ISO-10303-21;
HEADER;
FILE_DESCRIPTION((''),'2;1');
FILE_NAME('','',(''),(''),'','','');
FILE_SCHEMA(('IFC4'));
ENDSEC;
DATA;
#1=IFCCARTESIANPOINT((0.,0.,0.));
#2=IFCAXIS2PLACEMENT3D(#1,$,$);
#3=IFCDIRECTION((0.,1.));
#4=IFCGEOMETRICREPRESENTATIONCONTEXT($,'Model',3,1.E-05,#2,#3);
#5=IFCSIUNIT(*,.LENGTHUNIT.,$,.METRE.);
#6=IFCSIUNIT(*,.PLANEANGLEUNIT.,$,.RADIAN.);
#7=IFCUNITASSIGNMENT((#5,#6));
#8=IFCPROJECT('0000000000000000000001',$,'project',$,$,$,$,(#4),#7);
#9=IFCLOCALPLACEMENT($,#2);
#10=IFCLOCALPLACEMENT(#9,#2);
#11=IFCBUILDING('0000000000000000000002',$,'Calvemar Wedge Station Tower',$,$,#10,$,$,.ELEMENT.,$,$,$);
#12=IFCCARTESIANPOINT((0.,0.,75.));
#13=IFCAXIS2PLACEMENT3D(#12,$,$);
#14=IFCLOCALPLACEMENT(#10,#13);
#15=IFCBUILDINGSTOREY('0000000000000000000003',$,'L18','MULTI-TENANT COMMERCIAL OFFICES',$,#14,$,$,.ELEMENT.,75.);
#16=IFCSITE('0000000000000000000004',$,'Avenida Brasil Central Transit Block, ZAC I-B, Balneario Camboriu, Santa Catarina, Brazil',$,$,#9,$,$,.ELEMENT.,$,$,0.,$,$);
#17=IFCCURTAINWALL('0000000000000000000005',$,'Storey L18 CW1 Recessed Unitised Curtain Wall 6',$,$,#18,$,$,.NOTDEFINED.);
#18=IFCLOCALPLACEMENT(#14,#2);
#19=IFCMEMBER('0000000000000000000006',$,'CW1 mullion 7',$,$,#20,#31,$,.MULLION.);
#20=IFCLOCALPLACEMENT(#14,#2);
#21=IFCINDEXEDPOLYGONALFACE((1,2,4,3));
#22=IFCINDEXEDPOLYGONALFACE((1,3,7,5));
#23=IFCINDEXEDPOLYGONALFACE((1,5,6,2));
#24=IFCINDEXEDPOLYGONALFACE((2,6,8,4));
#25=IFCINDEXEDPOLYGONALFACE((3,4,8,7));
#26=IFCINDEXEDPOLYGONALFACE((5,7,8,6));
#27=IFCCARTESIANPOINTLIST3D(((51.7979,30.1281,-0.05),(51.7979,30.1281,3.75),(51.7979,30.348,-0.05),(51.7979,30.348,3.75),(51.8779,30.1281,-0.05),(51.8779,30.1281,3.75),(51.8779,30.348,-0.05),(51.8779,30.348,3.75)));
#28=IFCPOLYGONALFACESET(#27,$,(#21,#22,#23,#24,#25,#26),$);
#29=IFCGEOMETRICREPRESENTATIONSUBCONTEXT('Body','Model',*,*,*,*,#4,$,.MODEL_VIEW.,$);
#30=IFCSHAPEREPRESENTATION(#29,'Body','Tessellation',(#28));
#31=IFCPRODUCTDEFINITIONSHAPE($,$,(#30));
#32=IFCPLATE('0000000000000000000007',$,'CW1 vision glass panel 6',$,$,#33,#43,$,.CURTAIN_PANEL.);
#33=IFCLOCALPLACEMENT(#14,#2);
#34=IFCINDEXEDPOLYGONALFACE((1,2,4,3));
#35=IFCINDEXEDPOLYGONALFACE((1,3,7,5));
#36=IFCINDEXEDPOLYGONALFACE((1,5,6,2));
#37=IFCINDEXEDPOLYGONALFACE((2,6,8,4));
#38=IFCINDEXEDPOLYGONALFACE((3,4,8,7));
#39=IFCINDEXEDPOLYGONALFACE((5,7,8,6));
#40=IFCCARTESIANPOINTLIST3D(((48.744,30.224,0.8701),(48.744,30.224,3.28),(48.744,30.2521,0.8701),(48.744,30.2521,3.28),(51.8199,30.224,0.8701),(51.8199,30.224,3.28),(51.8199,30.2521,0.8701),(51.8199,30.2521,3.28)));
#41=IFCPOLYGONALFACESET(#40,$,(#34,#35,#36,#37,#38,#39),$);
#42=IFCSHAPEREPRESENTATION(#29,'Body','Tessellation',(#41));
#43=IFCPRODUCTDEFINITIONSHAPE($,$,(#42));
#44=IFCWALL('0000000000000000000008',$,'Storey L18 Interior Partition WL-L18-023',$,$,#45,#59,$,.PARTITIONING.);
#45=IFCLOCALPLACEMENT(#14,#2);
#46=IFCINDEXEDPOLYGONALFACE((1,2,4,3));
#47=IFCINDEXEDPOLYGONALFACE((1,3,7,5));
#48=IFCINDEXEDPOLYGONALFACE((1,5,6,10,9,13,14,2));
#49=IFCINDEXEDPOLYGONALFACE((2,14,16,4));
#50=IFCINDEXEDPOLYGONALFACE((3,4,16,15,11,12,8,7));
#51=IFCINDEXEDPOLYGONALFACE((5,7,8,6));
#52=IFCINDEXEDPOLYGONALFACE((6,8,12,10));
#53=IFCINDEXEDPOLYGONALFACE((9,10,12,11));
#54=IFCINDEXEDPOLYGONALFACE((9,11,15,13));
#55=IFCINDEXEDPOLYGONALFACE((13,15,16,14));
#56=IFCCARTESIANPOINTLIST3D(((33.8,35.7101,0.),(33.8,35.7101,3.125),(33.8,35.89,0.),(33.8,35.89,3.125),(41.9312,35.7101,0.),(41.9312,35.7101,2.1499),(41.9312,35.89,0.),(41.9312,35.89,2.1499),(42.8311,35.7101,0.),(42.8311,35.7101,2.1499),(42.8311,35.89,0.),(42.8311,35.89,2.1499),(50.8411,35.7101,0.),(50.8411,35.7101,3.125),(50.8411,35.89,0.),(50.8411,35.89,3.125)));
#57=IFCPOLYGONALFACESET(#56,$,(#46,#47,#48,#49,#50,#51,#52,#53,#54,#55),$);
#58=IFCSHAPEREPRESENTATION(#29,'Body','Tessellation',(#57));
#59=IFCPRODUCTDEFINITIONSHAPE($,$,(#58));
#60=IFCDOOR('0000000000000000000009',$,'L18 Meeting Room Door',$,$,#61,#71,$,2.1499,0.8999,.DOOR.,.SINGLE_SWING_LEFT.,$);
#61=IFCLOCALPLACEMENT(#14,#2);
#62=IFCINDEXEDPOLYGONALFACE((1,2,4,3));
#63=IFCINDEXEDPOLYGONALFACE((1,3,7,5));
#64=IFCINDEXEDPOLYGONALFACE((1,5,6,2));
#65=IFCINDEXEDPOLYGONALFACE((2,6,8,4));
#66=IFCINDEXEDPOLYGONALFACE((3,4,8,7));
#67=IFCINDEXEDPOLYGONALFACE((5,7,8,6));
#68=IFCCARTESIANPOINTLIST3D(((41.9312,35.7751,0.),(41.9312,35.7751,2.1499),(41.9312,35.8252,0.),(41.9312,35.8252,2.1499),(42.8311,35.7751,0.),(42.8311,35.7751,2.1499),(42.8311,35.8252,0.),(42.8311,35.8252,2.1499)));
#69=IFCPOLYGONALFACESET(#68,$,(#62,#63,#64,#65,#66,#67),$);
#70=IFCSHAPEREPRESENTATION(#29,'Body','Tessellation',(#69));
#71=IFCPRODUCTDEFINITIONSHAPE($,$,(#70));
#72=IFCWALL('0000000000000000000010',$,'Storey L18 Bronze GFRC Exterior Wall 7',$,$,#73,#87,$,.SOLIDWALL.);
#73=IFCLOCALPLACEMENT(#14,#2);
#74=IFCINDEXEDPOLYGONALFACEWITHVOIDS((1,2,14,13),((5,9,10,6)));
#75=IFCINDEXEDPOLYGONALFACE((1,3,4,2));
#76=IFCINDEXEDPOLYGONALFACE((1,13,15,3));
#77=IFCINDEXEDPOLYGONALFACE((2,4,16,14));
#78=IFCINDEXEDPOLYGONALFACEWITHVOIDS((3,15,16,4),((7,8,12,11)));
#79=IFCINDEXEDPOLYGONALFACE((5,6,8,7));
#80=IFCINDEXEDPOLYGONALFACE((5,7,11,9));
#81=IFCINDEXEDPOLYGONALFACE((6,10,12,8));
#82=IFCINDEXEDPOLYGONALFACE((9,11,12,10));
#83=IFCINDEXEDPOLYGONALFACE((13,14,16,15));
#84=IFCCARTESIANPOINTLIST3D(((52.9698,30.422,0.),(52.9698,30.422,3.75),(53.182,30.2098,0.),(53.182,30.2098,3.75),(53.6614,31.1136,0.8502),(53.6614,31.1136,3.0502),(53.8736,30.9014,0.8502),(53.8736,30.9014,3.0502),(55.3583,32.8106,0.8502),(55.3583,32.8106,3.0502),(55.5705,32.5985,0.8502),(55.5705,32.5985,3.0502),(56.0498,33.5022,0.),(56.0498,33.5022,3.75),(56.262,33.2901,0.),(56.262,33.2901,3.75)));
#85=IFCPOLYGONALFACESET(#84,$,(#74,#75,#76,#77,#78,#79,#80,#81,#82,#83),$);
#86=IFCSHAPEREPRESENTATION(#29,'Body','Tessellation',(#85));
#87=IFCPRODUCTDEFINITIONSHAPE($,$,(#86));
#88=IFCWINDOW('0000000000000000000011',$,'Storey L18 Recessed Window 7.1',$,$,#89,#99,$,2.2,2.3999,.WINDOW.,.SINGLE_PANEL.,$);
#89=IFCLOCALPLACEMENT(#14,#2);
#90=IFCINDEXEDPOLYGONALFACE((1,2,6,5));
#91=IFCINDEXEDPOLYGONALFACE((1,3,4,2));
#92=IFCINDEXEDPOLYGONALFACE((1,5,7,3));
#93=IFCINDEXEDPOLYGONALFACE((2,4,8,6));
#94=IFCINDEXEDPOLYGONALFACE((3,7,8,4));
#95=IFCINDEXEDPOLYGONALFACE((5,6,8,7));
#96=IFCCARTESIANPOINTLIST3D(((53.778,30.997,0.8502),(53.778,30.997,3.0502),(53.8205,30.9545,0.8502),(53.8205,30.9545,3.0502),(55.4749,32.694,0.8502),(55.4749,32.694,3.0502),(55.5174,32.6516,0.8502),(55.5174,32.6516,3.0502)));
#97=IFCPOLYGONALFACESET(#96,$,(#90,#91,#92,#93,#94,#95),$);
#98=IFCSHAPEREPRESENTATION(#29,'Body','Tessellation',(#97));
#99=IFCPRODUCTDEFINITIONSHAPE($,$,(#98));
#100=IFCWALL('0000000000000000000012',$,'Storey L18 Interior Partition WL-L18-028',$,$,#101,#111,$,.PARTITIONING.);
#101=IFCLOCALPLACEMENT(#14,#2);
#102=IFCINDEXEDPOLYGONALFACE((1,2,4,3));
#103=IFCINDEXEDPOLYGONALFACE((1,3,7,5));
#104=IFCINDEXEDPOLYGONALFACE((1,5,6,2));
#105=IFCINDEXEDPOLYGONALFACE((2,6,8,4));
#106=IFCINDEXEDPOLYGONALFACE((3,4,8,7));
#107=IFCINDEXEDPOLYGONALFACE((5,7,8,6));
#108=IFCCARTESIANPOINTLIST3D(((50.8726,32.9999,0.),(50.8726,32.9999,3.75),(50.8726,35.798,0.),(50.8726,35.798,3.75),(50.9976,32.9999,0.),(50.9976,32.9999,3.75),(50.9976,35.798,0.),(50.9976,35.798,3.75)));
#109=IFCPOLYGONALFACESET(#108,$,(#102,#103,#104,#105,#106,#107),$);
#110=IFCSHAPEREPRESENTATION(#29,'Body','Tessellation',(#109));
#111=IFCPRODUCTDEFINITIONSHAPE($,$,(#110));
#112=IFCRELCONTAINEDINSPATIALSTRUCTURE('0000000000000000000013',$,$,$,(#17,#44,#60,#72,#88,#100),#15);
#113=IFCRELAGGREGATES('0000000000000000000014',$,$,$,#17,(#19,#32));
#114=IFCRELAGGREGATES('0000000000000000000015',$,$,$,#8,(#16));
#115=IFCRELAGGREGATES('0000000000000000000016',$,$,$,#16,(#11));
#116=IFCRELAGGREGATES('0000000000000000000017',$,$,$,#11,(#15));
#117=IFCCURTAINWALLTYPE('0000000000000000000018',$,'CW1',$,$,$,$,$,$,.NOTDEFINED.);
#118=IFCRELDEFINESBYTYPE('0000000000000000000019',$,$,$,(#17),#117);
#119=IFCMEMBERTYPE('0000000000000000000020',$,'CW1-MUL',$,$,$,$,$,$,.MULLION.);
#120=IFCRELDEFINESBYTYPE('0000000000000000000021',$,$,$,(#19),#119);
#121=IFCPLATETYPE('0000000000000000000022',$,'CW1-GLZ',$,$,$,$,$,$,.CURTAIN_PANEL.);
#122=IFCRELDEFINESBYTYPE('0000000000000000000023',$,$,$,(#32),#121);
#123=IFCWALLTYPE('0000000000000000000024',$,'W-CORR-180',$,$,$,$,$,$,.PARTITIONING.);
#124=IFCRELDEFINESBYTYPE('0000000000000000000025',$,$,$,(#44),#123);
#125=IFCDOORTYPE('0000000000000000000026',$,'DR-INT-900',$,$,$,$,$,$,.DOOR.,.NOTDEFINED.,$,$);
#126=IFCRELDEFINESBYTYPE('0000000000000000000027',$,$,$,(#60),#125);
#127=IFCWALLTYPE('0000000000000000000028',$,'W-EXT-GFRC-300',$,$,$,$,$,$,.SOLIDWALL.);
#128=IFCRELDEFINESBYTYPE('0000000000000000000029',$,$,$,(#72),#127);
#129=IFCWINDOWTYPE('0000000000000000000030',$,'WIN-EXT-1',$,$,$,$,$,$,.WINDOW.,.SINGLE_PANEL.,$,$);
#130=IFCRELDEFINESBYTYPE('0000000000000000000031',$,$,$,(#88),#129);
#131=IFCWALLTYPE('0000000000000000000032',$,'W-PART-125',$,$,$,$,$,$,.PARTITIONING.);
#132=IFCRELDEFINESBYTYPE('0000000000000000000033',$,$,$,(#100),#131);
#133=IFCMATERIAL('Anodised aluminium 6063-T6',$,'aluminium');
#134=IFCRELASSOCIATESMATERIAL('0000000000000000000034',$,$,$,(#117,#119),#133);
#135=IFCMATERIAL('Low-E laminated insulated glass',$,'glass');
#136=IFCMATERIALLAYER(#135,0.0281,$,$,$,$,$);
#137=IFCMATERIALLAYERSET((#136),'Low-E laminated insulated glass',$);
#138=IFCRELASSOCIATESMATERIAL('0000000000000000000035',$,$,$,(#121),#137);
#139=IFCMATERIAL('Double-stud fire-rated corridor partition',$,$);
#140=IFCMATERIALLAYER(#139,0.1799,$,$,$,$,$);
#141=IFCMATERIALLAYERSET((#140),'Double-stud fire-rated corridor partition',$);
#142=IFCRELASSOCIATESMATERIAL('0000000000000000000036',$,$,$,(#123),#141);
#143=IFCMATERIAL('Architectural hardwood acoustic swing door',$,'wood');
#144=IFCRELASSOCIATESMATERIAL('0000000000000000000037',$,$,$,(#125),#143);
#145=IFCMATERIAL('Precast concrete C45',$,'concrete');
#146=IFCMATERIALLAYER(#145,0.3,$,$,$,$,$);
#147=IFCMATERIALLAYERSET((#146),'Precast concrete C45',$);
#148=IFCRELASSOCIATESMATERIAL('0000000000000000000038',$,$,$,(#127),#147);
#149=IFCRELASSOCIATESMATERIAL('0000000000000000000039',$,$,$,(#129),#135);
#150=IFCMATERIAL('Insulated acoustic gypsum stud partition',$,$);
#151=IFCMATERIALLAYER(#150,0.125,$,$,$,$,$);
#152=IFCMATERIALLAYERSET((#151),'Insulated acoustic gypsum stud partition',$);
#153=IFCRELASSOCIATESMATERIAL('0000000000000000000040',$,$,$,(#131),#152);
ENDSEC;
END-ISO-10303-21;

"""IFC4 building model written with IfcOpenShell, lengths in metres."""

from ifc_helpers import new_model, si_unit, direction, frame, frame_2d, origin, origin_2d, place, context, subcontext, project, spatial, rectangle, extrude, source, transform, mapped, material, layer, layer_set, material_profile, profile_set, type_object, element, fill, aggregate, save


model = new_model("IFC4")

# Units and contexts
model_context = context("Model", 3, precision=1e-05, world=origin(), true_north=direction((0.0, 1.0)))
body_context = subcontext(model_context, "Body", "Model", "MODEL_VIEW")
ifc_project = project(units=[si_unit("LENGTHUNIT", "METRE"), si_unit("PLANEANGLEUNIT", "RADIAN")], contexts=[model_context])

# Site, building, storey
site_placement = place(None, origin())
site = spatial("IfcSite", under=ifc_project, at=site_placement, Name="Avenida Brasil Central Transit Block, ZAC I-B, Balneario Camboriu, Santa Catarina, Brazil", CompositionType="ELEMENT", RefElevation=0.0)
building_placement = place(site_placement, origin())
building = spatial("IfcBuilding", under=site, at=building_placement, Name="Calvemar Wedge Station Tower", CompositionType="ELEMENT")
storey_placement = place(building_placement, frame((0.0, 0.0, 75.0)))
storey = spatial("IfcBuildingStorey", under=building, at=storey_placement, Name="L18", Description="MULTI-TENANT COMMERCIAL OFFICES", CompositionType="ELEMENT", Elevation=75.0)

# Curtain wall, member, plate
ifc_material_1 = material(Name="Anodised aluminium 6063-T6", Category="aluminium")
curtain_wall_type = type_object("IfcCurtainWallType", Name="CW1", PredefinedType="NOTDEFINED", material=ifc_material_1)
curtain_wall_placement = place(storey_placement, origin())
curtain_wall = element("IfcCurtainWall", 1, at=curtain_wall_placement, inside=storey, type_object=curtain_wall_type, Name="Storey L18 CW1 Recessed Unitised Curtain Wall 6", PredefinedType="NOTDEFINED")
ifc_material_profile = material_profile(ifc_material_1, rectangle(XDim=0.0801, YDim=0.22, at=origin_2d()), Name="AL-MUL-80x220")
ifc_profile_set = profile_set([ifc_material_profile], Name="Anodised aluminium 6063-T6")
member_type = type_object("IfcMemberType", Name="CW1-MUL", PredefinedType="MULLION", material=ifc_profile_set)
shared_shape_1 = source(origin(), body_context, "Body", "SweptSolid", [
    extrude(rectangle(XDim=0.0801, YDim=0.22, at=origin_2d()), origin(), (0.0, 0.0, 1.0), 3.8),
])
member_placement = place(storey_placement, frame((51.8379, 30.238, -0.05), z_axis=(0.0, 0.0, 1.0), x_axis=(1.0, 0.0, 0.0)))
member = element("IfcMember", 2, at=member_placement, type_object=member_type, Name="CW1 mullion 7", PredefinedType="MULLION", context=body_context, shape_type="MappedRepresentation", body=[
    mapped(shared_shape_1, transform((0.0, 0.0, 0.0), scale=1.0)),
])
ifc_material_2 = material(Name="Low-E laminated insulated glass", Category="glass")
ifc_layer_1 = layer(ifc_material_2, 0.0281)
ifc_layer_set_1 = layer_set([ifc_layer_1], Name="Low-E laminated insulated glass")
plate_type = type_object("IfcPlateType", Name="CW1-GLZ", PredefinedType="CURTAIN_PANEL", material=ifc_layer_set_1)
plate_placement = place(storey_placement, frame((48.7439, 30.238, 0.8701), z_axis=(0.0, 0.0, 1.0), x_axis=(1.0, 0.0, 0.0)))
plate = element("IfcPlate", 3, at=plate_placement, type_object=plate_type, Name="CW1 vision glass panel 6", PredefinedType="CURTAIN_PANEL", context=body_context, shape_type="SweptSolid", body=[
    extrude(rectangle(XDim=3.0759, YDim=0.0281, at=frame_2d((1.5381, 0.0))), origin(), (0.0, 0.0, 1.0), 2.4099),
])
aggregate(curtain_wall, [member, plate])

# Wall, opening, door
ifc_material_3 = material(Name="Double-stud fire-rated corridor partition")
ifc_layer_2 = layer(ifc_material_3, 0.1799)
ifc_layer_set_2 = layer_set([ifc_layer_2], Name="Double-stud fire-rated corridor partition")
wall_type_1 = type_object("IfcWallType", Name="W-CORR-180", PredefinedType="PARTITIONING", material=ifc_layer_set_2)
wall_1_placement = place(storey_placement, frame((50.8411, 35.8, 0.0), z_axis=(0.0, 0.0, 1.0), x_axis=(-1.0, 0.0, 0.0)))
wall_1 = element("IfcWall", 4, at=wall_1_placement, inside=storey, type_object=wall_type_1, Name="Storey L18 Interior Partition WL-L18-023", PredefinedType="PARTITIONING", context=body_context, shape_type="SweptSolid", body=[
    extrude(rectangle(XDim=17.041, YDim=0.1799, at=frame_2d((8.5205, 0.0))), origin(), (0.0, 0.0, 1.0), 3.125),
])
shared_shape_2 = source(origin(), body_context, "Body", "SweptSolid", [
    extrude(rectangle(XDim=0.8999, YDim=2.1499, at=frame_2d((0.45, 1.075))), frame((0.0, 0.1001, 0.0), z_axis=(0.0, -1.0, 0.0), x_axis=(1.0, 0.0, 0.0)), (0.0, 0.0, 1.0), 0.2),
])
opening_1_placement = place(wall_1_placement, frame((8.01, 0.0, 0.0)))
opening_1 = element("IfcOpeningElement", 5, at=opening_1_placement, cuts=wall_1, PredefinedType="OPENING", context=body_context, shape_type="MappedRepresentation", body=[
    mapped(shared_shape_2, transform((0.0, 0.0, 0.0), scale=1.0)),
])
ifc_material_4 = material(Name="Architectural hardwood acoustic swing door", Category="wood")
door_type_1 = type_object("IfcDoorType", Name="DR-INT-900", OperationType="NOTDEFINED", PredefinedType="DOOR", material=ifc_material_4)
shared_shape_3 = source(origin(), body_context, "Body", "SweptSolid", [
    extrude(rectangle(XDim=0.8999, YDim=2.1499, at=frame_2d((0.45, 1.075))), frame((0.0, 0.0249, 0.0), z_axis=(0.0, -1.0, 0.0), x_axis=(1.0, 0.0, 0.0)), (0.0, 0.0, 1.0), 0.05),
])
door_1_placement = place(opening_1_placement, origin())
door_1 = element("IfcDoor", 6, at=door_1_placement, inside=storey, type_object=door_type_1, Name="L18 Meeting Room Door", OperationType="SINGLE_SWING_LEFT", OverallHeight=2.1499, OverallWidth=0.8999, PredefinedType="DOOR", context=body_context, shape_type="MappedRepresentation", body=[
    mapped(shared_shape_3, transform((0.0, 0.0, 0.0), scale=1.0)),
])
fill(opening_1, door_1)

# Wall, opening, window
ifc_material_5 = material(Name="Precast concrete C45", Category="concrete")
ifc_layer_3 = layer(ifc_material_5, 0.3)
ifc_layer_set_3 = layer_set([ifc_layer_3], Name="Precast concrete C45")
wall_type_2 = type_object("IfcWallType", Name="W-EXT-GFRC-300", PredefinedType="SOLIDWALL", material=ifc_layer_set_3)
wall_2_placement = place(storey_placement, frame((53.0759, 30.3159, 0.0), z_axis=(0.0, 0.0, 1.0), x_axis=(0.707079, 0.707135, 0.0)))
wall_2 = element("IfcWall", 7, at=wall_2_placement, inside=storey, type_object=wall_type_2, Name="Storey L18 Bronze GFRC Exterior Wall 7", PredefinedType="SOLIDWALL", context=body_context, shape_type="SweptSolid", body=[
    extrude(rectangle(XDim=4.356, YDim=0.3, at=frame_2d((2.178, 0.0))), origin(), (0.0, 0.0, 1.0), 3.75),
])
shared_shape_4 = source(origin(), body_context, "Body", "SweptSolid", [
    extrude(rectangle(XDim=2.3999, YDim=2.2, at=frame_2d((1.2, 1.1001))), frame((0.0, 0.1602, 0.0), z_axis=(0.0, -1.0, 0.0), x_axis=(1.0, 0.0, 0.0)), (0.0, 0.0, 1.0), 0.3201),
])
opening_2_placement = place(wall_2_placement, frame((0.978, 0.0, 0.8501)))
opening_2 = element("IfcOpeningElement", 8, at=opening_2_placement, cuts=wall_2, PredefinedType="OPENING", context=body_context, shape_type="MappedRepresentation", body=[
    mapped(shared_shape_4, transform((0.0, 0.0, 0.0), scale=1.0)),
])
window_type_1 = type_object("IfcWindowType", Name="WIN-EXT-1", PartitioningType="SINGLE_PANEL", PredefinedType="WINDOW", material=ifc_material_2)
shared_shape_5 = source(origin(), body_context, "Body", "SweptSolid", [
    extrude(rectangle(XDim=2.3999, YDim=2.2, at=frame_2d((1.2, 1.1001))), frame((0.0, -0.0149, 0.0), z_axis=(0.0, -1.0, 0.0), x_axis=(1.0, 0.0, 0.0)), (0.0, 0.0, 1.0), 0.0601),
])
window_1_placement = place(opening_2_placement, origin())
window_1 = element("IfcWindow", 9, at=window_1_placement, inside=storey, type_object=window_type_1, Name="Storey L18 Recessed Window 7.1", OverallHeight=2.2, OverallWidth=2.3999, PartitioningType="SINGLE_PANEL", PredefinedType="WINDOW", context=body_context, shape_type="MappedRepresentation", body=[
    mapped(shared_shape_5, transform((0.0, 0.0, 0.0), scale=1.0)),
])
fill(opening_2, window_1)

# Wall
ifc_material_6 = material(Name="Insulated acoustic gypsum stud partition")
ifc_layer_4 = layer(ifc_material_6, 0.125)
ifc_layer_set_4 = layer_set([ifc_layer_4], Name="Insulated acoustic gypsum stud partition")
wall_type_3 = type_object("IfcWallType", Name="W-PART-125", PredefinedType="PARTITIONING", material=ifc_layer_set_4)
wall_3_placement = place(storey_placement, frame((50.9351, 33.0, 0.0), z_axis=(0.0, 0.0, 1.0), x_axis=(0.0, 1.0, 0.0)))
element("IfcWall", 10, at=wall_3_placement, inside=storey, type_object=wall_type_3, Name="Storey L18 Interior Partition WL-L18-028", PredefinedType="PARTITIONING", context=body_context, shape_type="SweptSolid", body=[
    extrude(rectangle(XDim=2.7981, YDim=0.125, at=frame_2d((1.3989, 0.0))), origin(), (0.0, 0.0, 1.0), 3.75),
])

save(model, "model.ifc")
